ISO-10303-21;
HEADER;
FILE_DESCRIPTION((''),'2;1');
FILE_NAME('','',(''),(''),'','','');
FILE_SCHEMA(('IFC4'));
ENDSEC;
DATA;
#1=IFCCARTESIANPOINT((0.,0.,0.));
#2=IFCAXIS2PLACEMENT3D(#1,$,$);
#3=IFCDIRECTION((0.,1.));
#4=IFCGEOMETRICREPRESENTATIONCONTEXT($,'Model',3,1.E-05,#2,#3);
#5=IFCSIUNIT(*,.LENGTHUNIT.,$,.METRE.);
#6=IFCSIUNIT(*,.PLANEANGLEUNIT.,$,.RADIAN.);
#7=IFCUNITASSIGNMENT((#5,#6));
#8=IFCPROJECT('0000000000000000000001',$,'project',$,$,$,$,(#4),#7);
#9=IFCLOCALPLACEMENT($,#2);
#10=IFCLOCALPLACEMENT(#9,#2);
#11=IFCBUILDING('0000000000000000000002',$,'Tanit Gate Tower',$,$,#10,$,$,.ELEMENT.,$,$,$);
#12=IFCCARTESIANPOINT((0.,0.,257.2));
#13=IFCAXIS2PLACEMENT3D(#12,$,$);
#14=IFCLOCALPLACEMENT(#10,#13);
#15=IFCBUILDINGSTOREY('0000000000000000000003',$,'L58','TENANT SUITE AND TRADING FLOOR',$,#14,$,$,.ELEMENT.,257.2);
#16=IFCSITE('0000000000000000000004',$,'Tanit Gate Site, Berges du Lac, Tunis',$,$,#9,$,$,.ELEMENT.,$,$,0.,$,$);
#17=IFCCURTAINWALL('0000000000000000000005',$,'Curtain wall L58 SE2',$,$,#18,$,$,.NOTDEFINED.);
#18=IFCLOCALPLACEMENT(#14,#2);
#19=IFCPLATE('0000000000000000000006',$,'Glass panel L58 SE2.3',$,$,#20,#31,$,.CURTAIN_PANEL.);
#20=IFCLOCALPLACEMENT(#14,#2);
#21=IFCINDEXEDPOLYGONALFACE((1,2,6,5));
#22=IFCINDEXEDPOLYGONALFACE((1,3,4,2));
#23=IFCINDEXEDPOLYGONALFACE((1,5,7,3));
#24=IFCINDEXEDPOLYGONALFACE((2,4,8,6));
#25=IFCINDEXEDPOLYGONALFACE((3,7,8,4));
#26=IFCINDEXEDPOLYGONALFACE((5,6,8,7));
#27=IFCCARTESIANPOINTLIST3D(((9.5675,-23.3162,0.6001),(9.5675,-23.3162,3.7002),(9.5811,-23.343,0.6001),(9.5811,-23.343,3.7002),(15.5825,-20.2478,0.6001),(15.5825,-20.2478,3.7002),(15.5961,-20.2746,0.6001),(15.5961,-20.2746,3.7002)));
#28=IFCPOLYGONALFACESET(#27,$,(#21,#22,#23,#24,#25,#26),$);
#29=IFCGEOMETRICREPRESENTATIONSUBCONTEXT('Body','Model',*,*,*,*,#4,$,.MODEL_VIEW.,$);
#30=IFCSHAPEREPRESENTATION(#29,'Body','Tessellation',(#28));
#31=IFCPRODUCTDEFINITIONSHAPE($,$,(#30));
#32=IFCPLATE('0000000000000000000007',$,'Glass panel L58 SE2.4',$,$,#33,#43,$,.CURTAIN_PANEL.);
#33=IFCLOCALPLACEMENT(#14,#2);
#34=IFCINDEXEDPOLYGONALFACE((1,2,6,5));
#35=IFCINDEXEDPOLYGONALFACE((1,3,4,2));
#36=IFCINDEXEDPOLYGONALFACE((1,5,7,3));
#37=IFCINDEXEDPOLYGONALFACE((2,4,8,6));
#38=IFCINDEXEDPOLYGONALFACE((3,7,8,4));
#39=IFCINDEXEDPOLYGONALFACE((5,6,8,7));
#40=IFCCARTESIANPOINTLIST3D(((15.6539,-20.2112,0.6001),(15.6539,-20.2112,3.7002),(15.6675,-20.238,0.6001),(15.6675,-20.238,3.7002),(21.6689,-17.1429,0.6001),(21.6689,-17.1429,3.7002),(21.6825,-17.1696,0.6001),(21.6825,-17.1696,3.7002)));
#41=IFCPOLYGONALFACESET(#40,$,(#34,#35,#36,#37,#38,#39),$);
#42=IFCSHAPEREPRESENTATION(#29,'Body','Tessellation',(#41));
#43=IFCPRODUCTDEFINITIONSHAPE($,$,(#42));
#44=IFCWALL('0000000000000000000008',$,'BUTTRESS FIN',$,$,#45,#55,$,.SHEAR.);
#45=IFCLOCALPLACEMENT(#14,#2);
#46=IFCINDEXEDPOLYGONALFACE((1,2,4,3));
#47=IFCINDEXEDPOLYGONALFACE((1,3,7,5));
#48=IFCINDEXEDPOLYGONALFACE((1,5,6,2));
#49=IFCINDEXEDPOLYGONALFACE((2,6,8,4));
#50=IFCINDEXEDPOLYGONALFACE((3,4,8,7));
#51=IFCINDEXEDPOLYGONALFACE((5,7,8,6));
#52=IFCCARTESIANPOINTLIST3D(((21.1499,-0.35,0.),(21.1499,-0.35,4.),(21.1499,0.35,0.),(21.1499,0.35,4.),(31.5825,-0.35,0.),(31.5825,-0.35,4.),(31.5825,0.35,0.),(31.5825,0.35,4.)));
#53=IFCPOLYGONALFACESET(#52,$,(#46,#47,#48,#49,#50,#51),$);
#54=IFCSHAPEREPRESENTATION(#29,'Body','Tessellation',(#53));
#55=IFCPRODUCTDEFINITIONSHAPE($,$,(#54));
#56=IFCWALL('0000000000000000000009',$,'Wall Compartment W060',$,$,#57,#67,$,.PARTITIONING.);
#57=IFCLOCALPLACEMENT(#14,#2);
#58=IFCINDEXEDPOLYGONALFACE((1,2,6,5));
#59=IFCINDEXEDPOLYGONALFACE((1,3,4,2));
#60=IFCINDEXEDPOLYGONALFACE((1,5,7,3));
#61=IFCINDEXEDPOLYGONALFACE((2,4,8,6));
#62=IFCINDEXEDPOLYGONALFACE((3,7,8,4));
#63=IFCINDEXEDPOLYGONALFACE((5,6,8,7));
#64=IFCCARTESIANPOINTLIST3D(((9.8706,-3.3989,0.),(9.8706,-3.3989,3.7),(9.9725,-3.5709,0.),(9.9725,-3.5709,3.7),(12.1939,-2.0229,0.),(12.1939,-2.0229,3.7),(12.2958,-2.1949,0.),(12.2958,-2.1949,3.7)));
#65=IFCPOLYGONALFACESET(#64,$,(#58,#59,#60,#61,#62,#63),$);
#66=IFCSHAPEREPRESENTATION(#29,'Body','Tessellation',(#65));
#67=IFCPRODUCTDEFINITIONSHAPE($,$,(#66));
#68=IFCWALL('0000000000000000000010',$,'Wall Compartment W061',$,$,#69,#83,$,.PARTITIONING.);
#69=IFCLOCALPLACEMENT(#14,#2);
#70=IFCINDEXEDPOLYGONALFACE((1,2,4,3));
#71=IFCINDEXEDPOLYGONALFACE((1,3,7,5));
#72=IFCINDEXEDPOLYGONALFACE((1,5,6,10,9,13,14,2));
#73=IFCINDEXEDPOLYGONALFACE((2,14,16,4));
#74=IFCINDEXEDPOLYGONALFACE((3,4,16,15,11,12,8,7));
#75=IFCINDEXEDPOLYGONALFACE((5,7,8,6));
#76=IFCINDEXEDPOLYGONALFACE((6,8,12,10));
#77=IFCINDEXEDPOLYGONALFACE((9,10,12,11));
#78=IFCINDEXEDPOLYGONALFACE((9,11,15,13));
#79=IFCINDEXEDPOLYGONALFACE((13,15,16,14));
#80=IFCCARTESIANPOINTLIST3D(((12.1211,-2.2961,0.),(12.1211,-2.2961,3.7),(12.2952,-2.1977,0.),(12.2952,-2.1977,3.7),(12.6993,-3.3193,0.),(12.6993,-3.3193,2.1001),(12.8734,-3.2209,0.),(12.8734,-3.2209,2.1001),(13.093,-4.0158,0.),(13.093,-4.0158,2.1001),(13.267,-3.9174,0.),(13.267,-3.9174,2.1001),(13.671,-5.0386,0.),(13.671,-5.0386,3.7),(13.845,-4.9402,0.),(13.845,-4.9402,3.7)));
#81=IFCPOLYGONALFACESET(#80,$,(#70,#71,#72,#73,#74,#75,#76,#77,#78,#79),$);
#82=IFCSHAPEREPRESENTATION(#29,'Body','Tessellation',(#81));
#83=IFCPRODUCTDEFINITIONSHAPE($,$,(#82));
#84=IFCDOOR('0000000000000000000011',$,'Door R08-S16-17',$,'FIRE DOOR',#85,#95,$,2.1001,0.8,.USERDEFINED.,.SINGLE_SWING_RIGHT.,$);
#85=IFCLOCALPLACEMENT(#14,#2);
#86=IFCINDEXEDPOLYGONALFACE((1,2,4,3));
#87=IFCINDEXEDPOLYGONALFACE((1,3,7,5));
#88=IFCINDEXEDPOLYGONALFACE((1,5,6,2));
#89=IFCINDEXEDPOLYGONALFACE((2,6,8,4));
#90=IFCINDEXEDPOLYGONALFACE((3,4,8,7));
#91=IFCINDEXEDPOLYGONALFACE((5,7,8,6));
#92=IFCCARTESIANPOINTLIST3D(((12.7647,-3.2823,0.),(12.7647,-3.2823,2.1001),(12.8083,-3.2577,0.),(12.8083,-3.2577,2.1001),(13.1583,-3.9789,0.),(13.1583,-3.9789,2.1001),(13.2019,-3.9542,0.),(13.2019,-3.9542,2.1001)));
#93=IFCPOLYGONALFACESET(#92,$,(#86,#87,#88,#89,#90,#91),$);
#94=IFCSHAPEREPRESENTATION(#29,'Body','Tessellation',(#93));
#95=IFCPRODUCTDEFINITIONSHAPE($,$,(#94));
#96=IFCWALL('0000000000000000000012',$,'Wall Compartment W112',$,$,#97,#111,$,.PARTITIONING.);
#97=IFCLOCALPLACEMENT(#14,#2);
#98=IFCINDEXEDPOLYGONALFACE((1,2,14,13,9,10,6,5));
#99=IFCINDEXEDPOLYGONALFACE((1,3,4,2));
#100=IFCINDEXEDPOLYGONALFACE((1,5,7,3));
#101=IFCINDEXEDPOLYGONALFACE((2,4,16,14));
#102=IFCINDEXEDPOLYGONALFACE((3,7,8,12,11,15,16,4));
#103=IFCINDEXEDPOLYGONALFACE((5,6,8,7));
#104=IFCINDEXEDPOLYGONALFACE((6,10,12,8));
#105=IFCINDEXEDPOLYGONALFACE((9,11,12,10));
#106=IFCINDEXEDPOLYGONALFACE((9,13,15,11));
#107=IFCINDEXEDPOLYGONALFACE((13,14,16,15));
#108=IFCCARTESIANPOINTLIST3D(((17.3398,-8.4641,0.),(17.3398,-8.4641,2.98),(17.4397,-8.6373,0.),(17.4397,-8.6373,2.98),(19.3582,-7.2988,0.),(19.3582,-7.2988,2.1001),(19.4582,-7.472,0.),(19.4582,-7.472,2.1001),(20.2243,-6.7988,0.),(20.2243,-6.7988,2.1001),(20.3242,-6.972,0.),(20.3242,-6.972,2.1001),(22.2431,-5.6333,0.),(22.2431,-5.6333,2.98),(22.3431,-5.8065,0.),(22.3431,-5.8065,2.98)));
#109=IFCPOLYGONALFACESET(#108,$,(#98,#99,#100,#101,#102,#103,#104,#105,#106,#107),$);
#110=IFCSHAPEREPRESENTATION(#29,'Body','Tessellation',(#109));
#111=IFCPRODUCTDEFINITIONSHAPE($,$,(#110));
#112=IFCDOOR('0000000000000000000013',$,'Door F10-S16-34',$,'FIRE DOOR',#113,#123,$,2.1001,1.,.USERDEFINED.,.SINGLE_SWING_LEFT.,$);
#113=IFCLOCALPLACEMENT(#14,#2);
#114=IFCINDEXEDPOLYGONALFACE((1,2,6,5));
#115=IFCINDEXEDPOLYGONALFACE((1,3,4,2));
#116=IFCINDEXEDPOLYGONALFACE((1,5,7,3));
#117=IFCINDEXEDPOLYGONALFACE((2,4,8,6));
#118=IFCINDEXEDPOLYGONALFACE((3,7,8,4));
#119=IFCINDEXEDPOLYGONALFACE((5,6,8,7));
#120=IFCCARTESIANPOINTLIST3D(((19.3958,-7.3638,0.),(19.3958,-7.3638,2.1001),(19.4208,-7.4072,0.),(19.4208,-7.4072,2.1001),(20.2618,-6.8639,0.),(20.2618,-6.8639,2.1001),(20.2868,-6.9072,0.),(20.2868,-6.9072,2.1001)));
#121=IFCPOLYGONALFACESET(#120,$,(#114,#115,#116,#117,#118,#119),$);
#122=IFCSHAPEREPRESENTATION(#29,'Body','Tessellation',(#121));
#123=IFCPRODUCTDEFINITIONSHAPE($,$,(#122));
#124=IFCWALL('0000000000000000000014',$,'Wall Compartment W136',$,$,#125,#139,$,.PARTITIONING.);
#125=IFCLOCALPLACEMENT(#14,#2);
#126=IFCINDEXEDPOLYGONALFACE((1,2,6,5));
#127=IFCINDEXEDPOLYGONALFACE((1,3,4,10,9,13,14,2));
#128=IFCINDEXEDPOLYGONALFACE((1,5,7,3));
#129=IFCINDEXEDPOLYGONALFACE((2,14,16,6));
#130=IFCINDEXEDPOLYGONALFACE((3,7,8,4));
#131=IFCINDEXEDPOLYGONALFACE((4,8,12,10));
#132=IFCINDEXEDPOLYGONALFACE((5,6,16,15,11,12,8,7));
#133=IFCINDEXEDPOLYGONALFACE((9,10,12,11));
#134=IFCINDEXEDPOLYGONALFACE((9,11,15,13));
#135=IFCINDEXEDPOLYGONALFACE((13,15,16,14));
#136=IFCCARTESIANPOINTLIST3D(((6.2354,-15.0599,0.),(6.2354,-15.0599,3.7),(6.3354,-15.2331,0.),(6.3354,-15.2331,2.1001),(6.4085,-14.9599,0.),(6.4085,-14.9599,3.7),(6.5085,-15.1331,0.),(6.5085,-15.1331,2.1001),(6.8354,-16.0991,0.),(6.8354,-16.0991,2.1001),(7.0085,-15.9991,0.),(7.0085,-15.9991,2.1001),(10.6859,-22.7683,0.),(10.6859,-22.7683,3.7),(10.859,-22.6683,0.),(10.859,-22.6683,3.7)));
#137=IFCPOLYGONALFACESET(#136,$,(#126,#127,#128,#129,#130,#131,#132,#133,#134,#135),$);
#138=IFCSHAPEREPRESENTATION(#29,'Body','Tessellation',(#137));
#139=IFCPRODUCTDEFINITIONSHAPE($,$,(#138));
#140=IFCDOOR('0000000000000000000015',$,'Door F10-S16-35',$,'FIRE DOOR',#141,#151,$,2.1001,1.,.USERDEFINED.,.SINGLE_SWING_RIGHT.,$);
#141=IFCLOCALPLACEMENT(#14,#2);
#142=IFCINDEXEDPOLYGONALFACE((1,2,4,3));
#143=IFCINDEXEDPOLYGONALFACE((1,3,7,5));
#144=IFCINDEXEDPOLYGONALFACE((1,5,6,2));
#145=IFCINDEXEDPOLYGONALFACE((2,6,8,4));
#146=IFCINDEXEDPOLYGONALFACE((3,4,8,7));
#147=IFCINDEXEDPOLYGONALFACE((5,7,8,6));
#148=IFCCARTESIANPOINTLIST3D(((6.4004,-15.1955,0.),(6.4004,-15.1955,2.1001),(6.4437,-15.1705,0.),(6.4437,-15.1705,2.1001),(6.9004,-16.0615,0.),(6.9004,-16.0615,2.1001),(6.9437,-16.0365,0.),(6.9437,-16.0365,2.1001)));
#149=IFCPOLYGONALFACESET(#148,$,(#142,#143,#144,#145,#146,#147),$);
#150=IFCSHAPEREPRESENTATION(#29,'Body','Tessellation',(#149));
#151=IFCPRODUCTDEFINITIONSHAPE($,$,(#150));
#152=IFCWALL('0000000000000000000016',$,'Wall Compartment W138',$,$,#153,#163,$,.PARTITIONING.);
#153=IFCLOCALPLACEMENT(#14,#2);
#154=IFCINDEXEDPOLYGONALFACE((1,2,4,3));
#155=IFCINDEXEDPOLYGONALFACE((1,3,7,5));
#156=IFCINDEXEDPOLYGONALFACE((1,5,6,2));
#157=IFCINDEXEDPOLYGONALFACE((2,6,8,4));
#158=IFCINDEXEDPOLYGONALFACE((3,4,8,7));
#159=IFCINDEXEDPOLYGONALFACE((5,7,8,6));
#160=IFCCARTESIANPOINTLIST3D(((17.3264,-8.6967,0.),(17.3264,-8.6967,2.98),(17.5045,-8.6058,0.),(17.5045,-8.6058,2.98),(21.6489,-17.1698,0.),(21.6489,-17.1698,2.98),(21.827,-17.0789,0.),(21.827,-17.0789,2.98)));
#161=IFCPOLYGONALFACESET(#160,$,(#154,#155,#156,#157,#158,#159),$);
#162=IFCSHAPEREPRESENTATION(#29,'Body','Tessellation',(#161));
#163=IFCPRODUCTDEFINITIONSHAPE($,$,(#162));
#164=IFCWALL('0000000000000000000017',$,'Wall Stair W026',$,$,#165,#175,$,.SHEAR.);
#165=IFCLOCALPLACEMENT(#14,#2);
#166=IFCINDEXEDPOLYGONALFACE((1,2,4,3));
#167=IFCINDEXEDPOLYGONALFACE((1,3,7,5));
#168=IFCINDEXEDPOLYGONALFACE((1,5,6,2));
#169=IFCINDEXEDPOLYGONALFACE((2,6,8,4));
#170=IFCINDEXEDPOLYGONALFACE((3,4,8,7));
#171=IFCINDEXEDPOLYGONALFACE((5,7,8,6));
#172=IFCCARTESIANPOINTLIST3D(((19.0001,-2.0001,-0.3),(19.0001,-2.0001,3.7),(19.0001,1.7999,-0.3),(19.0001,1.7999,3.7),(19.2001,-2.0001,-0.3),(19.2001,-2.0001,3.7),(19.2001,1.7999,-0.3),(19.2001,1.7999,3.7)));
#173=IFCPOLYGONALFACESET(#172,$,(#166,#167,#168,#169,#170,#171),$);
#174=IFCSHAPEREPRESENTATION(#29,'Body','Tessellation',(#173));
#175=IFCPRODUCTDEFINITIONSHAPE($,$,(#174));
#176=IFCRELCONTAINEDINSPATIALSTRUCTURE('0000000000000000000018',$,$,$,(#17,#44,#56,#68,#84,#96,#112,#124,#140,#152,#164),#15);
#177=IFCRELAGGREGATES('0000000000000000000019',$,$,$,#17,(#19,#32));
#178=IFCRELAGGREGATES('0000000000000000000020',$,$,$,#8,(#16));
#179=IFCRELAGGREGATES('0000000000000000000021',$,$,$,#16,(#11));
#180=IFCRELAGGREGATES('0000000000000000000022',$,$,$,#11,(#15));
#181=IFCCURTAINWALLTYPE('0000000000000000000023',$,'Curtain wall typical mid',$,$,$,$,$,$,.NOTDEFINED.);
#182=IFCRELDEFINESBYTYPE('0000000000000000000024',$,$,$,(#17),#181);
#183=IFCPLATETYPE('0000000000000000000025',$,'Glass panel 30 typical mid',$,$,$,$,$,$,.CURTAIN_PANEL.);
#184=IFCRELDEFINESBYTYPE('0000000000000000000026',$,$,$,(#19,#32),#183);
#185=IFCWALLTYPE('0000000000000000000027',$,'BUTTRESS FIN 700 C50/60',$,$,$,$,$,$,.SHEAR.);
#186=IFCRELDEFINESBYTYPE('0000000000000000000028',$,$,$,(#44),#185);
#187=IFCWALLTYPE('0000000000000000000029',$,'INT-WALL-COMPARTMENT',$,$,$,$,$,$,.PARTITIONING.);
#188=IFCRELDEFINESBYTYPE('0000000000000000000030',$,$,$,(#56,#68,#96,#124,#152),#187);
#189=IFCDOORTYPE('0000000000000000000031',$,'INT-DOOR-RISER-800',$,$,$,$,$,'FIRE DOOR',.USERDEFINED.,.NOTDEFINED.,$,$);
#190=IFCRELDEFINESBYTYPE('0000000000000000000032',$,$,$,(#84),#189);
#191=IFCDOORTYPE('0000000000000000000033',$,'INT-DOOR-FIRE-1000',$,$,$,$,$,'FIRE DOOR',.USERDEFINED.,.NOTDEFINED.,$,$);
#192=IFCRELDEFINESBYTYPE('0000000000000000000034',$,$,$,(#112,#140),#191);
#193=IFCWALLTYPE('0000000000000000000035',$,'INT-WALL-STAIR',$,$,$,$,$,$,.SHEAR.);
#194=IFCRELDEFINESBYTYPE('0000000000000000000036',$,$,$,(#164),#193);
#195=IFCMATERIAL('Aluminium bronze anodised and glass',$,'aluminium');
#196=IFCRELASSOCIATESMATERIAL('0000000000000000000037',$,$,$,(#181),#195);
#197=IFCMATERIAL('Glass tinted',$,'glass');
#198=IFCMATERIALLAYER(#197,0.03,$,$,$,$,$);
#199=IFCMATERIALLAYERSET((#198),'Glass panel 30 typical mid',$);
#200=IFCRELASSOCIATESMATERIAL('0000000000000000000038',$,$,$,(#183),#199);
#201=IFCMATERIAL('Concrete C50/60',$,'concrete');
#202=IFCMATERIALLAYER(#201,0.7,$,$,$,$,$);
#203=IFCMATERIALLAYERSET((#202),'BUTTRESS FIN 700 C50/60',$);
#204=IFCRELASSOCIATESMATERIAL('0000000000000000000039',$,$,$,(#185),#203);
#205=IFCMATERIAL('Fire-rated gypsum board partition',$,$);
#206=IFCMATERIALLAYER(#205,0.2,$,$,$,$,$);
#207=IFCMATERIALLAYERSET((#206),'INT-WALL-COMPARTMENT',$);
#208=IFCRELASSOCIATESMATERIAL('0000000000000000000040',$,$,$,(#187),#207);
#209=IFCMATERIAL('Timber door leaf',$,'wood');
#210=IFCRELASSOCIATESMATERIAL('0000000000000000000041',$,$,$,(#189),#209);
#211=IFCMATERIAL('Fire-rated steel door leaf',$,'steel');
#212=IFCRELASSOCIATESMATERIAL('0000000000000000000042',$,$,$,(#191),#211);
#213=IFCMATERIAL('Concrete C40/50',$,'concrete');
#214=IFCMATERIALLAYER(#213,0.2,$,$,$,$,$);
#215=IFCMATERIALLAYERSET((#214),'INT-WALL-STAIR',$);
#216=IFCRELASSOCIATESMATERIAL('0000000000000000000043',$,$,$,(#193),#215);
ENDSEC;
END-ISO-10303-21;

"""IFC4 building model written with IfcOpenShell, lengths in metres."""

from ifc_helpers import new_model, si_unit, direction, frame, frame_2d, origin, origin_2d, place, context, subcontext, project, spatial, rectangle, extrude, material, layer, layer_set, type_object, element, fill, aggregate, save


model = new_model("IFC4")

# Units and contexts
model_context = context("Model", 3, precision=1e-05, world=origin(), true_north=direction((0.0, 1.0)))
body_context = subcontext(model_context, "Body", "Model", "MODEL_VIEW")
ifc_project = project(units=[si_unit("LENGTHUNIT", "METRE"), si_unit("PLANEANGLEUNIT", "RADIAN")], contexts=[model_context])

# Site, building, storey
site_placement = place(None, origin())
site = spatial("IfcSite", under=ifc_project, at=site_placement, Name="Tanit Gate Site, Berges du Lac, Tunis", CompositionType="ELEMENT", RefElevation=0.0)
building_placement = place(site_placement, origin())
building = spatial("IfcBuilding", under=site, at=building_placement, Name="Tanit Gate Tower", CompositionType="ELEMENT")
storey_placement = place(building_placement, frame((0.0, 0.0, 257.2)))
storey = spatial("IfcBuildingStorey", under=building, at=storey_placement, Name="L58", Description="TENANT SUITE AND TRADING FLOOR", CompositionType="ELEMENT", Elevation=257.2)

# Curtain wall
ifc_material_1 = material(Name="Aluminium bronze anodised and glass", Category="aluminium")
curtain_wall_type = type_object("IfcCurtainWallType", Name="Curtain wall typical mid", PredefinedType="NOTDEFINED", material=ifc_material_1)
curtain_wall_placement = place(storey_placement, origin())
curtain_wall = element("IfcCurtainWall", 1, at=curtain_wall_placement, inside=storey, type_object=curtain_wall_type, Name="Curtain wall L58 SE2", PredefinedType="NOTDEFINED")

# Plates
ifc_material_2 = material(Name="Glass tinted", Category="glass")
ifc_layer_1 = layer(ifc_material_2, 0.03)
ifc_layer_set_1 = layer_set([ifc_layer_1], Name="Glass panel 30 typical mid")
plate_type = type_object("IfcPlateType", Name="Glass panel 30 typical mid", PredefinedType="CURTAIN_PANEL", material=ifc_layer_set_1)
plate_1_placement = place(storey_placement, frame((12.5818, -21.7954, 0.6001), z_axis=(0.0, 0.0, 1.0), x_axis=(0.890792, 0.454411, 0.0)))
plate_1 = element("IfcPlate", 2, at=plate_1_placement, type_object=plate_type, Name="Glass panel L58 SE2.3", PredefinedType="CURTAIN_PANEL", context=body_context, shape_type="SweptSolid", body=[
    extrude(rectangle(XDim=6.7524, YDim=0.03, at=origin_2d()), origin(), (0.0, 0.0, 1.0), 3.1001),
])
plate_2_placement = place(storey_placement, frame((18.6682, -18.6904, 0.6001), z_axis=(0.0, 0.0, 1.0), x_axis=(0.890792, 0.454411, 0.0)))
plate_2 = element("IfcPlate", 3, at=plate_2_placement, type_object=plate_type, Name="Glass panel L58 SE2.4", PredefinedType="CURTAIN_PANEL", context=body_context, shape_type="SweptSolid", body=[
    extrude(rectangle(XDim=6.7524, YDim=0.03, at=origin_2d()), origin(), (0.0, 0.0, 1.0), 3.1001),
])
aggregate(curtain_wall, [plate_1, plate_2])

# Walls
ifc_material_3 = material(Name="Concrete C50/60", Category="concrete")
ifc_layer_2 = layer(ifc_material_3, 0.7)
ifc_layer_set_2 = layer_set([ifc_layer_2], Name="BUTTRESS FIN 700 C50/60")
wall_type_1 = type_object("IfcWallType", Name="BUTTRESS FIN 700 C50/60", PredefinedType="SHEAR", material=ifc_layer_set_2)
wall_1_placement = place(storey_placement, frame((21.1499, 0.0, 0.0), z_axis=(0.0, 0.0, 1.0), x_axis=(1.0, 0.0, 0.0)))
element("IfcWall", 4, at=wall_1_placement, inside=storey, type_object=wall_type_1, Name="BUTTRESS FIN", PredefinedType="SHEAR", context=body_context, shape_type="SweptSolid", body=[
    extrude(rectangle(XDim=10.4326, YDim=0.7, at=frame_2d((5.2163, 0.0))), origin(), (0.0, 0.0, 1.0), 4.0),
])
ifc_material_4 = material(Name="Fire-rated gypsum board partition")
ifc_layer_3 = layer(ifc_material_4, 0.2)
ifc_layer_set_3 = layer_set([ifc_layer_3], Name="INT-WALL-COMPARTMENT")
wall_type_2 = type_object("IfcWallType", Name="INT-WALL-COMPARTMENT", PredefinedType="PARTITIONING", material=ifc_layer_set_3)
wall_2_placement = place(storey_placement, frame((12.2449, -2.1089, 0.0), z_axis=(0.0, 0.0, 1.0), x_axis=(-0.860415, -0.509594, 0.0)))
element("IfcWall", 5, at=wall_2_placement, inside=storey, type_object=wall_type_2, Name="Wall Compartment W060", PredefinedType="PARTITIONING", context=body_context, shape_type="SweptSolid", body=[
    extrude(rectangle(XDim=2.7002, YDim=0.2, at=frame_2d((1.3501, 0.0))), origin(), (0.0, 0.0, 1.0), 3.7),
])

# Walls, openings, doors
wall_3_placement = place(storey_placement, frame((13.7581, -4.9895, 0.0), z_axis=(0.0, 0.0, 1.0), x_axis=(-0.491993, 0.870599, 0.0)))
wall_3 = element("IfcWall", 6, at=wall_3_placement, inside=storey, type_object=wall_type_2, Name="Wall Compartment W061", PredefinedType="PARTITIONING", context=body_context, shape_type="SweptSolid", body=[
    extrude(rectangle(XDim=3.1501, YDim=0.2, at=frame_2d((1.5752, 0.0))), origin(), (0.0, 0.0, 1.0), 3.7),
])
opening_1_placement = place(wall_3_placement, frame((1.175, 0.0, 0.0)))
opening_1 = element("IfcOpeningElement", 7, at=opening_1_placement, cuts=wall_3, PredefinedType="OPENING", context=body_context, shape_type="SweptSolid", body=[
    extrude(rectangle(XDim=0.8, YDim=2.1001, at=frame_2d((0.3999, 1.05))), frame((0.0, 0.1099, 0.0), z_axis=(0.0, -1.0, 0.0), x_axis=(1.0, 0.0, 0.0)), (0.0, 0.0, 1.0), 0.22),
])
ifc_material_5 = material(Name="Timber door leaf", Category="wood")
door_type_1 = type_object("IfcDoorType", Name="INT-DOOR-RISER-800", ElementType="FIRE DOOR", OperationType="NOTDEFINED", PredefinedType="USERDEFINED", material=ifc_material_5)
door_1_placement = place(opening_1_placement, origin())
door_1 = element("IfcDoor", 8, at=door_1_placement, inside=storey, type_object=door_type_1, Name="Door R08-S16-17", ObjectType="FIRE DOOR", OperationType="SINGLE_SWING_RIGHT", OverallHeight=2.1001, OverallWidth=0.8, PredefinedType="USERDEFINED", context=body_context, shape_type="SweptSolid", body=[
    extrude(rectangle(XDim=0.8, YDim=2.1001, at=frame_2d((0.3999, 1.05))), frame((0.0, 0.0249, 0.0), z_axis=(0.0, -1.0, 0.0), x_axis=(1.0, 0.0, 0.0)), (0.0, 0.0, 1.0), 0.05),
])
fill(opening_1, door_1)
wall_4_placement = place(storey_placement, frame((17.3896, -8.5508, 0.0), z_axis=(0.0, 0.0, 1.0), x_axis=(0.866035, 0.499984, 0.0)))
wall_4 = element("IfcWall", 9, at=wall_4_placement, inside=storey, type_object=wall_type_2, Name="Wall Compartment W112", PredefinedType="PARTITIONING", context=body_context, shape_type="SweptSolid", body=[
    extrude(rectangle(XDim=5.6619, YDim=0.2, at=frame_2d((2.8311, 0.0))), origin(), (0.0, 0.0, 1.0), 2.98),
])
opening_2_placement = place(wall_4_placement, frame((2.3308, 0.0, 0.0)))
opening_2 = element("IfcOpeningElement", 10, at=opening_2_placement, cuts=wall_4, PredefinedType="OPENING", context=body_context, shape_type="SweptSolid", body=[
    extrude(rectangle(XDim=1.0, YDim=2.1001, at=frame_2d((0.5, 1.05))), frame((0.0, 0.1099, 0.0), z_axis=(0.0, -1.0, 0.0), x_axis=(1.0, 0.0, 0.0)), (0.0, 0.0, 1.0), 0.22),
])
ifc_material_6 = material(Name="Fire-rated steel door leaf", Category="steel")
door_type_2 = type_object("IfcDoorType", Name="INT-DOOR-FIRE-1000", ElementType="FIRE DOOR", OperationType="NOTDEFINED", PredefinedType="USERDEFINED", material=ifc_material_6)
door_2_placement = place(opening_2_placement, origin())
door_2 = element("IfcDoor", 11, at=door_2_placement, inside=storey, type_object=door_type_2, Name="Door F10-S16-34", ObjectType="FIRE DOOR", OperationType="SINGLE_SWING_LEFT", OverallHeight=2.1001, OverallWidth=1.0, PredefinedType="USERDEFINED", context=body_context, shape_type="SweptSolid", body=[
    extrude(rectangle(XDim=1.0, YDim=2.1001, at=frame_2d((0.5, 1.05))), frame((0.0, 0.0249, 0.0), z_axis=(0.0, -1.0, 0.0), x_axis=(1.0, 0.0, 0.0)), (0.0, 0.0, 1.0), 0.05),
])
fill(opening_2, door_2)
wall_5_placement = place(storey_placement, frame((10.7725, -22.7183, 0.0), z_axis=(0.0, 0.0, 1.0), x_axis=(-0.500007, 0.866022, 0.0)))
wall_5 = element("IfcWall", 12, at=wall_5_placement, inside=storey, type_object=wall_type_2, Name="Wall Compartment W136", PredefinedType="PARTITIONING", context=body_context, shape_type="SweptSolid", body=[
    extrude(rectangle(XDim=8.9009, YDim=0.2, at=frame_2d((4.4504, 0.0))), origin(), (0.0, 0.0, 1.0), 3.7),
])
opening_3_placement = place(wall_5_placement, frame((7.7009, 0.0, 0.0)))
opening_3 = element("IfcOpeningElement", 13, at=opening_3_placement, cuts=wall_5, PredefinedType="OPENING", context=body_context, shape_type="SweptSolid", body=[
    extrude(rectangle(XDim=1.0, YDim=2.1001, at=frame_2d((0.5, 1.05))), frame((0.0, 0.1099, 0.0), z_axis=(0.0, -1.0, 0.0), x_axis=(1.0, 0.0, 0.0)), (0.0, 0.0, 1.0), 0.22),
])
door_3_placement = place(opening_3_placement, origin())
door_3 = element("IfcDoor", 14, at=door_3_placement, inside=storey, type_object=door_type_2, Name="Door F10-S16-35", ObjectType="FIRE DOOR", OperationType="SINGLE_SWING_RIGHT", OverallHeight=2.1001, OverallWidth=1.0, PredefinedType="USERDEFINED", context=body_context, shape_type="SweptSolid", body=[
    extrude(rectangle(XDim=1.0, YDim=2.1001, at=frame_2d((0.5, 1.05))), frame((0.0, 0.0249, 0.0), z_axis=(0.0, -1.0, 0.0), x_axis=(1.0, 0.0, 0.0)), (0.0, 0.0, 1.0), 0.05),
])
fill(opening_3, door_3)

# Walls
wall_6_placement = place(storey_placement, frame((17.4155, -8.6514, 0.0), z_axis=(0.0, 0.0, 1.0), x_axis=(0.454427, -0.890784, 0.0)))
element("IfcWall", 15, at=wall_6_placement, inside=storey, type_object=wall_type_2, Name="Wall Compartment W138", PredefinedType="PARTITIONING", context=body_context, shape_type="SweptSolid", body=[
    extrude(rectangle(XDim=9.512, YDim=0.2, at=frame_2d((4.7559, 0.0))), origin(), (0.0, 0.0, 1.0), 2.98),
])
ifc_material_7 = material(Name="Concrete C40/50", Category="concrete")
ifc_layer_4 = layer(ifc_material_7, 0.2)
ifc_layer_set_4 = layer_set([ifc_layer_4], Name="INT-WALL-STAIR")
wall_type_3 = type_object("IfcWallType", Name="INT-WALL-STAIR", PredefinedType="SHEAR", material=ifc_layer_set_4)
wall_7_placement = place(storey_placement, frame((19.1001, -2.0, -0.3), z_axis=(0.0, 0.0, 1.0), x_axis=(0.0, 1.0, 0.0)))
element("IfcWall", 16, at=wall_7_placement, inside=storey, type_object=wall_type_3, Name="Wall Stair W026", PredefinedType="SHEAR", context=body_context, shape_type="SweptSolid", body=[
    extrude(rectangle(XDim=3.8, YDim=0.2, at=frame_2d((1.8999, 0.0))), origin(), (0.0, 0.0, 1.0), 4.0),
])

save(model, "model.ifc")
